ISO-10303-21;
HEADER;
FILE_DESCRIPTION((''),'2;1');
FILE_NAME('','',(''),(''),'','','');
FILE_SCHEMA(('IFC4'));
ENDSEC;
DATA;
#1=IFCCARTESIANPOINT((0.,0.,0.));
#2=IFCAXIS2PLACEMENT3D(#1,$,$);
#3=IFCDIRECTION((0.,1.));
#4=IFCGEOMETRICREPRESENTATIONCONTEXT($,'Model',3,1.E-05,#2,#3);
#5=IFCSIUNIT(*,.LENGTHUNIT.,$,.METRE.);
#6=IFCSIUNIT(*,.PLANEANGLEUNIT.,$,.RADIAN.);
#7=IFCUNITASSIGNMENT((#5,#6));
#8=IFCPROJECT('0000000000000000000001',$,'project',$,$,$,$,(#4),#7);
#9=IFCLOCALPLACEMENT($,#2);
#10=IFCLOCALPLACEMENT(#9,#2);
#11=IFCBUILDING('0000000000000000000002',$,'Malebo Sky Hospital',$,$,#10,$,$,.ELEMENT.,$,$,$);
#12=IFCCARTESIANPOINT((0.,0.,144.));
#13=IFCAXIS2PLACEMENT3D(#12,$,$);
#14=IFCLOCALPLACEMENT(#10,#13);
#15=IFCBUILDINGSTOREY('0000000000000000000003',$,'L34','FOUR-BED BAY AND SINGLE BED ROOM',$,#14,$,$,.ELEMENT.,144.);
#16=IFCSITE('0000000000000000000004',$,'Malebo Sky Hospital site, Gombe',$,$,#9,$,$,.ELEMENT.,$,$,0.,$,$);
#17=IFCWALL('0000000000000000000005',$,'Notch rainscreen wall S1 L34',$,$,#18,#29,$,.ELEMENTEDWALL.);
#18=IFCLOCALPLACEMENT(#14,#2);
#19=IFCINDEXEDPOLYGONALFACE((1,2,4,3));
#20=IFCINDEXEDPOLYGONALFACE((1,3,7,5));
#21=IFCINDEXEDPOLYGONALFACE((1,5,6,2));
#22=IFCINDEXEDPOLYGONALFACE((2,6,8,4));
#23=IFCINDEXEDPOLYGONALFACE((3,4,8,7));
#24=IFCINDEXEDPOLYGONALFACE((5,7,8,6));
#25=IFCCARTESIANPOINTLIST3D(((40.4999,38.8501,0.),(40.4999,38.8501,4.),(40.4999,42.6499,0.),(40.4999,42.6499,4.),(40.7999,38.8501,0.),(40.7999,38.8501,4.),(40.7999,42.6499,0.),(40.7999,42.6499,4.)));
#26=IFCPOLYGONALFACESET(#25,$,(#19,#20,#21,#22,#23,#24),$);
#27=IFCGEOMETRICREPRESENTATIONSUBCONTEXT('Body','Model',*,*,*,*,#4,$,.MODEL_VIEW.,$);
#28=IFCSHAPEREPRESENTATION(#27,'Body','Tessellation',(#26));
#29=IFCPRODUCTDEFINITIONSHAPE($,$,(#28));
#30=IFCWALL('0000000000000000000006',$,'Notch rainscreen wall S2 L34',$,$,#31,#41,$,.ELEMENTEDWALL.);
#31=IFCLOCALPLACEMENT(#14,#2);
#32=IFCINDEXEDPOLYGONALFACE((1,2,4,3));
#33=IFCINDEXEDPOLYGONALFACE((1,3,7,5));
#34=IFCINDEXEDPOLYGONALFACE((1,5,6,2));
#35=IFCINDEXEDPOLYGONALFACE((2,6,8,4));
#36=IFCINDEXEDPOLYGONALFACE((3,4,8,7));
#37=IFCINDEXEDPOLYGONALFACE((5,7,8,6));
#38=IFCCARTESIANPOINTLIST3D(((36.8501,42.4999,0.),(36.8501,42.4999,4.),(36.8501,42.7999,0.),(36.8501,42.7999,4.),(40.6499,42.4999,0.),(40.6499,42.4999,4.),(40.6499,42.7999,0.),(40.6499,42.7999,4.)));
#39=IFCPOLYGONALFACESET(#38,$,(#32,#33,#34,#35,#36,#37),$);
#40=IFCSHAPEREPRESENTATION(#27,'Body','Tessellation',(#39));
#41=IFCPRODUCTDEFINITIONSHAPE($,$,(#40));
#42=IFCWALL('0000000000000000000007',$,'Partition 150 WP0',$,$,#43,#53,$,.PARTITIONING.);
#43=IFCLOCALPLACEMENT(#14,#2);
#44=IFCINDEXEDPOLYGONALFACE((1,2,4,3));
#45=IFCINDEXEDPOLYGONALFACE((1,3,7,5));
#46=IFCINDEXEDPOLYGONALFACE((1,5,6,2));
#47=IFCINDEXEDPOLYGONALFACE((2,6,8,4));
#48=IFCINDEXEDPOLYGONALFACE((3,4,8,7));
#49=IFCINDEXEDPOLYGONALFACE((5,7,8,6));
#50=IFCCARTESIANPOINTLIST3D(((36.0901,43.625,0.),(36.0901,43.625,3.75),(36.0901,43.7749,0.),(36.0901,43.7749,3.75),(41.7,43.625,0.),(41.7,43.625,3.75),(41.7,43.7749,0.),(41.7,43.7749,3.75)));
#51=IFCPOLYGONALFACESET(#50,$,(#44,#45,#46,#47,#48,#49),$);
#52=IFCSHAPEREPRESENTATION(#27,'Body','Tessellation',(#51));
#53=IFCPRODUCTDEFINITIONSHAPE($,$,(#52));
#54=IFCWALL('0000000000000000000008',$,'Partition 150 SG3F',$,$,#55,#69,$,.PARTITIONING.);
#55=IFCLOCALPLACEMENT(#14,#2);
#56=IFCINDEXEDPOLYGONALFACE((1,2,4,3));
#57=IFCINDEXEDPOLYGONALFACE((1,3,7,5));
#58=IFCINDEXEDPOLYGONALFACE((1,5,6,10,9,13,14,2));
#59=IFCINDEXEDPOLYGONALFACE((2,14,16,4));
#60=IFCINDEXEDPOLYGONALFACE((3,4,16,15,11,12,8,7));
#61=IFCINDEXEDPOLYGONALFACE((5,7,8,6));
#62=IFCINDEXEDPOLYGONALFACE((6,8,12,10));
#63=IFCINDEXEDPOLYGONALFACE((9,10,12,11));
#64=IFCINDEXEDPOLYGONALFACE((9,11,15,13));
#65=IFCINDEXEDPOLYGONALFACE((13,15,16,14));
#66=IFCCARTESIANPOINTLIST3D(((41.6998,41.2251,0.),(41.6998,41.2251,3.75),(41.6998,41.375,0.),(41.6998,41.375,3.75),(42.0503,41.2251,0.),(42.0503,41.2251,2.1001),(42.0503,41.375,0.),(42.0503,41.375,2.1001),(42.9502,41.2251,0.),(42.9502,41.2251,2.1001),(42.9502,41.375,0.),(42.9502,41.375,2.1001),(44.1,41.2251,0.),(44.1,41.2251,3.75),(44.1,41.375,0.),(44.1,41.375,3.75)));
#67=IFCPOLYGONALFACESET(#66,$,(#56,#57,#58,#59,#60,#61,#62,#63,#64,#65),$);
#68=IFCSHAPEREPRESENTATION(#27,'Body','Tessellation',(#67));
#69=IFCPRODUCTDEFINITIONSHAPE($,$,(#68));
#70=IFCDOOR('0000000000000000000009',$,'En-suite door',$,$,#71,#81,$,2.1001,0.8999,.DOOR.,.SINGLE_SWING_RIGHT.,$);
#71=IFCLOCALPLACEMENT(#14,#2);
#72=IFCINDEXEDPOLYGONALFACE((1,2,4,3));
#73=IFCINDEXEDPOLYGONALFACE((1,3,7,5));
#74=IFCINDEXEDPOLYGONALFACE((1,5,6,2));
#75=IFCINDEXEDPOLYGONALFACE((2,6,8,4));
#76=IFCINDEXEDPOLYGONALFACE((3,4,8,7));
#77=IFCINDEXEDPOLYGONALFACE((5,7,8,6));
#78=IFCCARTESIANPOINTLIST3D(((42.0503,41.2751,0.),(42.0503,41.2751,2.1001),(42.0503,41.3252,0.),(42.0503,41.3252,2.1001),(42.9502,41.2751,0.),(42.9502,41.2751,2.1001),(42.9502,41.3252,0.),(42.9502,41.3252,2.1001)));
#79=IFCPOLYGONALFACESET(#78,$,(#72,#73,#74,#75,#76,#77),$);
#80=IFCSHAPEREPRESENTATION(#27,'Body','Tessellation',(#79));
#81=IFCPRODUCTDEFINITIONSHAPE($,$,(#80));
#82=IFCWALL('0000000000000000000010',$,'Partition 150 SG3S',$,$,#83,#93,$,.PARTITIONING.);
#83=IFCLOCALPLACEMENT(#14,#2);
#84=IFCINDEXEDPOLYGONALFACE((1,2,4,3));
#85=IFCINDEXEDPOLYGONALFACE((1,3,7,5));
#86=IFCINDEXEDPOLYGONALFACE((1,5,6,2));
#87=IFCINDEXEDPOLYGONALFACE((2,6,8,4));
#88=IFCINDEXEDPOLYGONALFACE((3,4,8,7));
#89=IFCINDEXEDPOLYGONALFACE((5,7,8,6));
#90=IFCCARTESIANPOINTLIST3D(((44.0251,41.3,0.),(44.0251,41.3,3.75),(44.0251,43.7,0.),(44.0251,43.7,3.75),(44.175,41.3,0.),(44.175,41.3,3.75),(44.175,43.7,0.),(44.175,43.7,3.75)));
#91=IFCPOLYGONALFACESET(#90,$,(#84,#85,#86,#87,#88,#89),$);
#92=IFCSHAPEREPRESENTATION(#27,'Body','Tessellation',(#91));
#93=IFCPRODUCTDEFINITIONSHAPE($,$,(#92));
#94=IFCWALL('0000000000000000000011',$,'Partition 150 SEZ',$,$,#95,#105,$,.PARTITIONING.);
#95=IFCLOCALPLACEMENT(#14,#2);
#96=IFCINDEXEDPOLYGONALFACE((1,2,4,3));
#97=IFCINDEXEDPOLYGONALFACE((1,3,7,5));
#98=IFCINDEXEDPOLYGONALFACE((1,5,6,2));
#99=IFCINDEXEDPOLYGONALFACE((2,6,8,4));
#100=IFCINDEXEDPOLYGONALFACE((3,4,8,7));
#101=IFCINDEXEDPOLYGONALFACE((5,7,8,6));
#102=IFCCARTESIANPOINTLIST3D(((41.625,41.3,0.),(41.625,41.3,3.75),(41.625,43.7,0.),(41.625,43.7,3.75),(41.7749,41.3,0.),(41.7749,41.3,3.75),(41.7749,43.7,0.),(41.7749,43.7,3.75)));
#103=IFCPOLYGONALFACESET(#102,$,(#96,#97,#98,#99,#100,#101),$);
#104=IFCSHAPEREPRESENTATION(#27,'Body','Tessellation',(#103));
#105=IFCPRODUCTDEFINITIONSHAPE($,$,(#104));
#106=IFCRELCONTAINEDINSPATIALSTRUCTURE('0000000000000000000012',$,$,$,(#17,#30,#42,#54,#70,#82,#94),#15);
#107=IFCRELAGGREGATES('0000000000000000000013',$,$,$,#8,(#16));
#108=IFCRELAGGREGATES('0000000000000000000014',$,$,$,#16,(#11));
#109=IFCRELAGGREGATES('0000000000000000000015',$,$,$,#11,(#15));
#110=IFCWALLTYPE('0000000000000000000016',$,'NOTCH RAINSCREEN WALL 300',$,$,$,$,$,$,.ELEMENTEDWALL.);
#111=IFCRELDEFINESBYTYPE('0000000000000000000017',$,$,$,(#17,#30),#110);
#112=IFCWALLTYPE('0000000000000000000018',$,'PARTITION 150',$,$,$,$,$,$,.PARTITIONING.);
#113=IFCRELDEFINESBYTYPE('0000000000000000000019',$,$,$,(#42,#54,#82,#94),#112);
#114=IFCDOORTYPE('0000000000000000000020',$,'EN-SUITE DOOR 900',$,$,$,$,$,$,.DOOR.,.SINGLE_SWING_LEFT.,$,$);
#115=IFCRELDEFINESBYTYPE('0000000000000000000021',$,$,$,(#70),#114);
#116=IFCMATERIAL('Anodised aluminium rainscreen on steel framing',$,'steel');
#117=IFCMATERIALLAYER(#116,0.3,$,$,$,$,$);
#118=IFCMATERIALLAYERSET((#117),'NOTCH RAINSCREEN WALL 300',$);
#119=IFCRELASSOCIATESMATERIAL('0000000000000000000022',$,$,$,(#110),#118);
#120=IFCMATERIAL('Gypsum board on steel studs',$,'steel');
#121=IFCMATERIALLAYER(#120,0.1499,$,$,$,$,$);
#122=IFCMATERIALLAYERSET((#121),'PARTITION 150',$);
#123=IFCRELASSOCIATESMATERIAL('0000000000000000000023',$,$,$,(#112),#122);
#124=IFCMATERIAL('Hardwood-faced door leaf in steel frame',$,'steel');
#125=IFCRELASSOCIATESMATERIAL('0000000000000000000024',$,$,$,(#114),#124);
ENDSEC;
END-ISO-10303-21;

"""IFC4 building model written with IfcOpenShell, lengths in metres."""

from ifc_helpers import new_model, si_unit, direction, frame, frame_2d, origin, place, context, subcontext, project, spatial, rectangle, extrude, material, layer, layer_set, type_object, element, fill, save


model = new_model("IFC4")

# Units and contexts
model_context = context("Model", 3, precision=1e-05, world=origin(), true_north=direction((0.0, 1.0)))
body_context = subcontext(model_context, "Body", "Model", "MODEL_VIEW")
ifc_project = project(units=[si_unit("LENGTHUNIT", "METRE"), si_unit("PLANEANGLEUNIT", "RADIAN")], contexts=[model_context])

# Site, building, storey
site_placement = place(None, origin())
site = spatial("IfcSite", under=ifc_project, at=site_placement, Name="Malebo Sky Hospital site, Gombe", CompositionType="ELEMENT", RefElevation=0.0)
building_placement = place(site_placement, origin())
building = spatial("IfcBuilding", under=site, at=building_placement, Name="Malebo Sky Hospital", CompositionType="ELEMENT")
storey_placement = place(building_placement, frame((0.0, 0.0, 144.0)))
storey = spatial("IfcBuildingStorey", under=building, at=storey_placement, Name="L34", Description="FOUR-BED BAY AND SINGLE BED ROOM", CompositionType="ELEMENT", Elevation=144.0)

# Shared definitions
ifc_material_1 = material(Name="Gypsum board on steel studs", Category="steel")
ifc_material_2 = material(Name="Hardwood-faced door leaf in steel frame", Category="steel")

# Walls
ifc_material_3 = material(Name="Anodised aluminium rainscreen on steel framing", Category="steel")
ifc_layer_1 = layer(ifc_material_3, 0.3)
ifc_layer_set_1 = layer_set([ifc_layer_1], Name="NOTCH RAINSCREEN WALL 300")
wall_type_1 = type_object("IfcWallType", Name="NOTCH RAINSCREEN WALL 300", PredefinedType="ELEMENTEDWALL", material=ifc_layer_set_1)
for number, where, z_axis, x_axis, name in (
    (1, (40.6499, 38.8501, 0.0), (0.0, 0.0, 1.0), (0.0, 1.0, 0.0), "Notch rainscreen wall S1 L34"),
    (2, (40.6499, 42.6499, 0.0), (0.0, 0.0, 1.0), (-1.0, 0.0, 0.0), "Notch rainscreen wall S2 L34"),
):
    element("IfcWall", number, at=place(storey_placement, frame(where, z_axis=z_axis, x_axis=x_axis)), inside=storey, type_object=wall_type_1, Name=name, PredefinedType="ELEMENTEDWALL", context=body_context, shape_type="SweptSolid", body=[
        extrude(rectangle(XDim=3.7998, YDim=0.3, at=frame_2d((1.8999, 0.0))), origin(), (0.0, 0.0, 1.0), 4.0),
    ])
ifc_layer_2 = layer(ifc_material_1, 0.1499)
ifc_layer_set_2 = layer_set([ifc_layer_2], Name="PARTITION 150")
wall_type_2 = type_object("IfcWallType", Name="PARTITION 150", PredefinedType="PARTITIONING", material=ifc_layer_set_2)
wall_1_placement = place(storey_placement, frame((41.7, 43.7, 0.0), z_axis=(0.0, 0.0, 1.0), x_axis=(-1.0, 0.0, 0.0)))
element("IfcWall", 3, at=wall_1_placement, inside=storey, type_object=wall_type_2, Name="Partition 150 WP0", PredefinedType="PARTITIONING", context=body_context, shape_type="SweptSolid", body=[
    extrude(rectangle(XDim=5.6099, YDim=0.1499, at=frame_2d((2.8049, 0.0))), origin(), (0.0, 0.0, 1.0), 3.75),
])

# Wall, opening, door
wall_2_placement = place(storey_placement, frame((44.1001, 41.3, 0.0), z_axis=(0.0, 0.0, 1.0), x_axis=(-1.0, 0.0, 0.0)))
wall_2 = element("IfcWall", 4, at=wall_2_placement, inside=storey, type_object=wall_type_2, Name="Partition 150 SG3F", PredefinedType="PARTITIONING", context=body_context, shape_type="SweptSolid", body=[
    extrude(rectangle(XDim=2.4001, YDim=0.1499, at=frame_2d((1.2002, 0.0))), origin(), (0.0, 0.0, 1.0), 3.75),
])
opening_1_placement = place(wall_2_placement, frame((1.1499, 0.0, 0.0)))
opening_1 = element("IfcOpeningElement", 5, at=opening_1_placement, cuts=wall_2, PredefinedType="OPENING", context=body_context, shape_type="SweptSolid", body=[
    extrude(rectangle(XDim=0.8999, YDim=2.1001, at=frame_2d((0.45, 1.05))), frame((0.0, 0.085, 0.0), z_axis=(0.0, -1.0, 0.0), x_axis=(1.0, 0.0, 0.0)), (0.0, 0.0, 1.0), 0.1699),
])
door_type_1 = type_object("IfcDoorType", Name="EN-SUITE DOOR 900", OperationType="SINGLE_SWING_LEFT", PredefinedType="DOOR", material=ifc_material_2)
door_1_placement = place(opening_1_placement, origin())
door_1 = element("IfcDoor", 6, at=door_1_placement, inside=storey, type_object=door_type_1, Name="En-suite door", OperationType="SINGLE_SWING_RIGHT", OverallHeight=2.1001, OverallWidth=0.8999, PredefinedType="DOOR", context=body_context, shape_type="SweptSolid", body=[
    extrude(rectangle(XDim=0.8999, YDim=2.1001, at=frame_2d((0.45, 1.05))), frame((0.0, 0.0249, 0.0), z_axis=(0.0, -1.0, 0.0), x_axis=(1.0, 0.0, 0.0)), (0.0, 0.0, 1.0), 0.05),
])
fill(opening_1, door_1)

# Walls
for number, where, z_axis, x_axis, name in (
    (7, (44.1001, 43.7, 0.0), (0.0, 0.0, 1.0), (0.0, -1.0, 0.0), "Partition 150 SG3S"),
    (8, (41.7, 43.7, 0.0), (0.0, 0.0, 1.0), (0.0, -1.0, 0.0), "Partition 150 SEZ"),
):
    element("IfcWall", number, at=place(storey_placement, frame(where, z_axis=z_axis, x_axis=x_axis)), inside=storey, type_object=wall_type_2, Name=name, PredefinedType="PARTITIONING", context=body_context, shape_type="SweptSolid", body=[
        extrude(rectangle(XDim=2.3999, YDim=0.1499, at=frame_2d((1.2, 0.0))), origin(), (0.0, 0.0, 1.0), 3.75),
    ])

save(model, "model.ifc")
